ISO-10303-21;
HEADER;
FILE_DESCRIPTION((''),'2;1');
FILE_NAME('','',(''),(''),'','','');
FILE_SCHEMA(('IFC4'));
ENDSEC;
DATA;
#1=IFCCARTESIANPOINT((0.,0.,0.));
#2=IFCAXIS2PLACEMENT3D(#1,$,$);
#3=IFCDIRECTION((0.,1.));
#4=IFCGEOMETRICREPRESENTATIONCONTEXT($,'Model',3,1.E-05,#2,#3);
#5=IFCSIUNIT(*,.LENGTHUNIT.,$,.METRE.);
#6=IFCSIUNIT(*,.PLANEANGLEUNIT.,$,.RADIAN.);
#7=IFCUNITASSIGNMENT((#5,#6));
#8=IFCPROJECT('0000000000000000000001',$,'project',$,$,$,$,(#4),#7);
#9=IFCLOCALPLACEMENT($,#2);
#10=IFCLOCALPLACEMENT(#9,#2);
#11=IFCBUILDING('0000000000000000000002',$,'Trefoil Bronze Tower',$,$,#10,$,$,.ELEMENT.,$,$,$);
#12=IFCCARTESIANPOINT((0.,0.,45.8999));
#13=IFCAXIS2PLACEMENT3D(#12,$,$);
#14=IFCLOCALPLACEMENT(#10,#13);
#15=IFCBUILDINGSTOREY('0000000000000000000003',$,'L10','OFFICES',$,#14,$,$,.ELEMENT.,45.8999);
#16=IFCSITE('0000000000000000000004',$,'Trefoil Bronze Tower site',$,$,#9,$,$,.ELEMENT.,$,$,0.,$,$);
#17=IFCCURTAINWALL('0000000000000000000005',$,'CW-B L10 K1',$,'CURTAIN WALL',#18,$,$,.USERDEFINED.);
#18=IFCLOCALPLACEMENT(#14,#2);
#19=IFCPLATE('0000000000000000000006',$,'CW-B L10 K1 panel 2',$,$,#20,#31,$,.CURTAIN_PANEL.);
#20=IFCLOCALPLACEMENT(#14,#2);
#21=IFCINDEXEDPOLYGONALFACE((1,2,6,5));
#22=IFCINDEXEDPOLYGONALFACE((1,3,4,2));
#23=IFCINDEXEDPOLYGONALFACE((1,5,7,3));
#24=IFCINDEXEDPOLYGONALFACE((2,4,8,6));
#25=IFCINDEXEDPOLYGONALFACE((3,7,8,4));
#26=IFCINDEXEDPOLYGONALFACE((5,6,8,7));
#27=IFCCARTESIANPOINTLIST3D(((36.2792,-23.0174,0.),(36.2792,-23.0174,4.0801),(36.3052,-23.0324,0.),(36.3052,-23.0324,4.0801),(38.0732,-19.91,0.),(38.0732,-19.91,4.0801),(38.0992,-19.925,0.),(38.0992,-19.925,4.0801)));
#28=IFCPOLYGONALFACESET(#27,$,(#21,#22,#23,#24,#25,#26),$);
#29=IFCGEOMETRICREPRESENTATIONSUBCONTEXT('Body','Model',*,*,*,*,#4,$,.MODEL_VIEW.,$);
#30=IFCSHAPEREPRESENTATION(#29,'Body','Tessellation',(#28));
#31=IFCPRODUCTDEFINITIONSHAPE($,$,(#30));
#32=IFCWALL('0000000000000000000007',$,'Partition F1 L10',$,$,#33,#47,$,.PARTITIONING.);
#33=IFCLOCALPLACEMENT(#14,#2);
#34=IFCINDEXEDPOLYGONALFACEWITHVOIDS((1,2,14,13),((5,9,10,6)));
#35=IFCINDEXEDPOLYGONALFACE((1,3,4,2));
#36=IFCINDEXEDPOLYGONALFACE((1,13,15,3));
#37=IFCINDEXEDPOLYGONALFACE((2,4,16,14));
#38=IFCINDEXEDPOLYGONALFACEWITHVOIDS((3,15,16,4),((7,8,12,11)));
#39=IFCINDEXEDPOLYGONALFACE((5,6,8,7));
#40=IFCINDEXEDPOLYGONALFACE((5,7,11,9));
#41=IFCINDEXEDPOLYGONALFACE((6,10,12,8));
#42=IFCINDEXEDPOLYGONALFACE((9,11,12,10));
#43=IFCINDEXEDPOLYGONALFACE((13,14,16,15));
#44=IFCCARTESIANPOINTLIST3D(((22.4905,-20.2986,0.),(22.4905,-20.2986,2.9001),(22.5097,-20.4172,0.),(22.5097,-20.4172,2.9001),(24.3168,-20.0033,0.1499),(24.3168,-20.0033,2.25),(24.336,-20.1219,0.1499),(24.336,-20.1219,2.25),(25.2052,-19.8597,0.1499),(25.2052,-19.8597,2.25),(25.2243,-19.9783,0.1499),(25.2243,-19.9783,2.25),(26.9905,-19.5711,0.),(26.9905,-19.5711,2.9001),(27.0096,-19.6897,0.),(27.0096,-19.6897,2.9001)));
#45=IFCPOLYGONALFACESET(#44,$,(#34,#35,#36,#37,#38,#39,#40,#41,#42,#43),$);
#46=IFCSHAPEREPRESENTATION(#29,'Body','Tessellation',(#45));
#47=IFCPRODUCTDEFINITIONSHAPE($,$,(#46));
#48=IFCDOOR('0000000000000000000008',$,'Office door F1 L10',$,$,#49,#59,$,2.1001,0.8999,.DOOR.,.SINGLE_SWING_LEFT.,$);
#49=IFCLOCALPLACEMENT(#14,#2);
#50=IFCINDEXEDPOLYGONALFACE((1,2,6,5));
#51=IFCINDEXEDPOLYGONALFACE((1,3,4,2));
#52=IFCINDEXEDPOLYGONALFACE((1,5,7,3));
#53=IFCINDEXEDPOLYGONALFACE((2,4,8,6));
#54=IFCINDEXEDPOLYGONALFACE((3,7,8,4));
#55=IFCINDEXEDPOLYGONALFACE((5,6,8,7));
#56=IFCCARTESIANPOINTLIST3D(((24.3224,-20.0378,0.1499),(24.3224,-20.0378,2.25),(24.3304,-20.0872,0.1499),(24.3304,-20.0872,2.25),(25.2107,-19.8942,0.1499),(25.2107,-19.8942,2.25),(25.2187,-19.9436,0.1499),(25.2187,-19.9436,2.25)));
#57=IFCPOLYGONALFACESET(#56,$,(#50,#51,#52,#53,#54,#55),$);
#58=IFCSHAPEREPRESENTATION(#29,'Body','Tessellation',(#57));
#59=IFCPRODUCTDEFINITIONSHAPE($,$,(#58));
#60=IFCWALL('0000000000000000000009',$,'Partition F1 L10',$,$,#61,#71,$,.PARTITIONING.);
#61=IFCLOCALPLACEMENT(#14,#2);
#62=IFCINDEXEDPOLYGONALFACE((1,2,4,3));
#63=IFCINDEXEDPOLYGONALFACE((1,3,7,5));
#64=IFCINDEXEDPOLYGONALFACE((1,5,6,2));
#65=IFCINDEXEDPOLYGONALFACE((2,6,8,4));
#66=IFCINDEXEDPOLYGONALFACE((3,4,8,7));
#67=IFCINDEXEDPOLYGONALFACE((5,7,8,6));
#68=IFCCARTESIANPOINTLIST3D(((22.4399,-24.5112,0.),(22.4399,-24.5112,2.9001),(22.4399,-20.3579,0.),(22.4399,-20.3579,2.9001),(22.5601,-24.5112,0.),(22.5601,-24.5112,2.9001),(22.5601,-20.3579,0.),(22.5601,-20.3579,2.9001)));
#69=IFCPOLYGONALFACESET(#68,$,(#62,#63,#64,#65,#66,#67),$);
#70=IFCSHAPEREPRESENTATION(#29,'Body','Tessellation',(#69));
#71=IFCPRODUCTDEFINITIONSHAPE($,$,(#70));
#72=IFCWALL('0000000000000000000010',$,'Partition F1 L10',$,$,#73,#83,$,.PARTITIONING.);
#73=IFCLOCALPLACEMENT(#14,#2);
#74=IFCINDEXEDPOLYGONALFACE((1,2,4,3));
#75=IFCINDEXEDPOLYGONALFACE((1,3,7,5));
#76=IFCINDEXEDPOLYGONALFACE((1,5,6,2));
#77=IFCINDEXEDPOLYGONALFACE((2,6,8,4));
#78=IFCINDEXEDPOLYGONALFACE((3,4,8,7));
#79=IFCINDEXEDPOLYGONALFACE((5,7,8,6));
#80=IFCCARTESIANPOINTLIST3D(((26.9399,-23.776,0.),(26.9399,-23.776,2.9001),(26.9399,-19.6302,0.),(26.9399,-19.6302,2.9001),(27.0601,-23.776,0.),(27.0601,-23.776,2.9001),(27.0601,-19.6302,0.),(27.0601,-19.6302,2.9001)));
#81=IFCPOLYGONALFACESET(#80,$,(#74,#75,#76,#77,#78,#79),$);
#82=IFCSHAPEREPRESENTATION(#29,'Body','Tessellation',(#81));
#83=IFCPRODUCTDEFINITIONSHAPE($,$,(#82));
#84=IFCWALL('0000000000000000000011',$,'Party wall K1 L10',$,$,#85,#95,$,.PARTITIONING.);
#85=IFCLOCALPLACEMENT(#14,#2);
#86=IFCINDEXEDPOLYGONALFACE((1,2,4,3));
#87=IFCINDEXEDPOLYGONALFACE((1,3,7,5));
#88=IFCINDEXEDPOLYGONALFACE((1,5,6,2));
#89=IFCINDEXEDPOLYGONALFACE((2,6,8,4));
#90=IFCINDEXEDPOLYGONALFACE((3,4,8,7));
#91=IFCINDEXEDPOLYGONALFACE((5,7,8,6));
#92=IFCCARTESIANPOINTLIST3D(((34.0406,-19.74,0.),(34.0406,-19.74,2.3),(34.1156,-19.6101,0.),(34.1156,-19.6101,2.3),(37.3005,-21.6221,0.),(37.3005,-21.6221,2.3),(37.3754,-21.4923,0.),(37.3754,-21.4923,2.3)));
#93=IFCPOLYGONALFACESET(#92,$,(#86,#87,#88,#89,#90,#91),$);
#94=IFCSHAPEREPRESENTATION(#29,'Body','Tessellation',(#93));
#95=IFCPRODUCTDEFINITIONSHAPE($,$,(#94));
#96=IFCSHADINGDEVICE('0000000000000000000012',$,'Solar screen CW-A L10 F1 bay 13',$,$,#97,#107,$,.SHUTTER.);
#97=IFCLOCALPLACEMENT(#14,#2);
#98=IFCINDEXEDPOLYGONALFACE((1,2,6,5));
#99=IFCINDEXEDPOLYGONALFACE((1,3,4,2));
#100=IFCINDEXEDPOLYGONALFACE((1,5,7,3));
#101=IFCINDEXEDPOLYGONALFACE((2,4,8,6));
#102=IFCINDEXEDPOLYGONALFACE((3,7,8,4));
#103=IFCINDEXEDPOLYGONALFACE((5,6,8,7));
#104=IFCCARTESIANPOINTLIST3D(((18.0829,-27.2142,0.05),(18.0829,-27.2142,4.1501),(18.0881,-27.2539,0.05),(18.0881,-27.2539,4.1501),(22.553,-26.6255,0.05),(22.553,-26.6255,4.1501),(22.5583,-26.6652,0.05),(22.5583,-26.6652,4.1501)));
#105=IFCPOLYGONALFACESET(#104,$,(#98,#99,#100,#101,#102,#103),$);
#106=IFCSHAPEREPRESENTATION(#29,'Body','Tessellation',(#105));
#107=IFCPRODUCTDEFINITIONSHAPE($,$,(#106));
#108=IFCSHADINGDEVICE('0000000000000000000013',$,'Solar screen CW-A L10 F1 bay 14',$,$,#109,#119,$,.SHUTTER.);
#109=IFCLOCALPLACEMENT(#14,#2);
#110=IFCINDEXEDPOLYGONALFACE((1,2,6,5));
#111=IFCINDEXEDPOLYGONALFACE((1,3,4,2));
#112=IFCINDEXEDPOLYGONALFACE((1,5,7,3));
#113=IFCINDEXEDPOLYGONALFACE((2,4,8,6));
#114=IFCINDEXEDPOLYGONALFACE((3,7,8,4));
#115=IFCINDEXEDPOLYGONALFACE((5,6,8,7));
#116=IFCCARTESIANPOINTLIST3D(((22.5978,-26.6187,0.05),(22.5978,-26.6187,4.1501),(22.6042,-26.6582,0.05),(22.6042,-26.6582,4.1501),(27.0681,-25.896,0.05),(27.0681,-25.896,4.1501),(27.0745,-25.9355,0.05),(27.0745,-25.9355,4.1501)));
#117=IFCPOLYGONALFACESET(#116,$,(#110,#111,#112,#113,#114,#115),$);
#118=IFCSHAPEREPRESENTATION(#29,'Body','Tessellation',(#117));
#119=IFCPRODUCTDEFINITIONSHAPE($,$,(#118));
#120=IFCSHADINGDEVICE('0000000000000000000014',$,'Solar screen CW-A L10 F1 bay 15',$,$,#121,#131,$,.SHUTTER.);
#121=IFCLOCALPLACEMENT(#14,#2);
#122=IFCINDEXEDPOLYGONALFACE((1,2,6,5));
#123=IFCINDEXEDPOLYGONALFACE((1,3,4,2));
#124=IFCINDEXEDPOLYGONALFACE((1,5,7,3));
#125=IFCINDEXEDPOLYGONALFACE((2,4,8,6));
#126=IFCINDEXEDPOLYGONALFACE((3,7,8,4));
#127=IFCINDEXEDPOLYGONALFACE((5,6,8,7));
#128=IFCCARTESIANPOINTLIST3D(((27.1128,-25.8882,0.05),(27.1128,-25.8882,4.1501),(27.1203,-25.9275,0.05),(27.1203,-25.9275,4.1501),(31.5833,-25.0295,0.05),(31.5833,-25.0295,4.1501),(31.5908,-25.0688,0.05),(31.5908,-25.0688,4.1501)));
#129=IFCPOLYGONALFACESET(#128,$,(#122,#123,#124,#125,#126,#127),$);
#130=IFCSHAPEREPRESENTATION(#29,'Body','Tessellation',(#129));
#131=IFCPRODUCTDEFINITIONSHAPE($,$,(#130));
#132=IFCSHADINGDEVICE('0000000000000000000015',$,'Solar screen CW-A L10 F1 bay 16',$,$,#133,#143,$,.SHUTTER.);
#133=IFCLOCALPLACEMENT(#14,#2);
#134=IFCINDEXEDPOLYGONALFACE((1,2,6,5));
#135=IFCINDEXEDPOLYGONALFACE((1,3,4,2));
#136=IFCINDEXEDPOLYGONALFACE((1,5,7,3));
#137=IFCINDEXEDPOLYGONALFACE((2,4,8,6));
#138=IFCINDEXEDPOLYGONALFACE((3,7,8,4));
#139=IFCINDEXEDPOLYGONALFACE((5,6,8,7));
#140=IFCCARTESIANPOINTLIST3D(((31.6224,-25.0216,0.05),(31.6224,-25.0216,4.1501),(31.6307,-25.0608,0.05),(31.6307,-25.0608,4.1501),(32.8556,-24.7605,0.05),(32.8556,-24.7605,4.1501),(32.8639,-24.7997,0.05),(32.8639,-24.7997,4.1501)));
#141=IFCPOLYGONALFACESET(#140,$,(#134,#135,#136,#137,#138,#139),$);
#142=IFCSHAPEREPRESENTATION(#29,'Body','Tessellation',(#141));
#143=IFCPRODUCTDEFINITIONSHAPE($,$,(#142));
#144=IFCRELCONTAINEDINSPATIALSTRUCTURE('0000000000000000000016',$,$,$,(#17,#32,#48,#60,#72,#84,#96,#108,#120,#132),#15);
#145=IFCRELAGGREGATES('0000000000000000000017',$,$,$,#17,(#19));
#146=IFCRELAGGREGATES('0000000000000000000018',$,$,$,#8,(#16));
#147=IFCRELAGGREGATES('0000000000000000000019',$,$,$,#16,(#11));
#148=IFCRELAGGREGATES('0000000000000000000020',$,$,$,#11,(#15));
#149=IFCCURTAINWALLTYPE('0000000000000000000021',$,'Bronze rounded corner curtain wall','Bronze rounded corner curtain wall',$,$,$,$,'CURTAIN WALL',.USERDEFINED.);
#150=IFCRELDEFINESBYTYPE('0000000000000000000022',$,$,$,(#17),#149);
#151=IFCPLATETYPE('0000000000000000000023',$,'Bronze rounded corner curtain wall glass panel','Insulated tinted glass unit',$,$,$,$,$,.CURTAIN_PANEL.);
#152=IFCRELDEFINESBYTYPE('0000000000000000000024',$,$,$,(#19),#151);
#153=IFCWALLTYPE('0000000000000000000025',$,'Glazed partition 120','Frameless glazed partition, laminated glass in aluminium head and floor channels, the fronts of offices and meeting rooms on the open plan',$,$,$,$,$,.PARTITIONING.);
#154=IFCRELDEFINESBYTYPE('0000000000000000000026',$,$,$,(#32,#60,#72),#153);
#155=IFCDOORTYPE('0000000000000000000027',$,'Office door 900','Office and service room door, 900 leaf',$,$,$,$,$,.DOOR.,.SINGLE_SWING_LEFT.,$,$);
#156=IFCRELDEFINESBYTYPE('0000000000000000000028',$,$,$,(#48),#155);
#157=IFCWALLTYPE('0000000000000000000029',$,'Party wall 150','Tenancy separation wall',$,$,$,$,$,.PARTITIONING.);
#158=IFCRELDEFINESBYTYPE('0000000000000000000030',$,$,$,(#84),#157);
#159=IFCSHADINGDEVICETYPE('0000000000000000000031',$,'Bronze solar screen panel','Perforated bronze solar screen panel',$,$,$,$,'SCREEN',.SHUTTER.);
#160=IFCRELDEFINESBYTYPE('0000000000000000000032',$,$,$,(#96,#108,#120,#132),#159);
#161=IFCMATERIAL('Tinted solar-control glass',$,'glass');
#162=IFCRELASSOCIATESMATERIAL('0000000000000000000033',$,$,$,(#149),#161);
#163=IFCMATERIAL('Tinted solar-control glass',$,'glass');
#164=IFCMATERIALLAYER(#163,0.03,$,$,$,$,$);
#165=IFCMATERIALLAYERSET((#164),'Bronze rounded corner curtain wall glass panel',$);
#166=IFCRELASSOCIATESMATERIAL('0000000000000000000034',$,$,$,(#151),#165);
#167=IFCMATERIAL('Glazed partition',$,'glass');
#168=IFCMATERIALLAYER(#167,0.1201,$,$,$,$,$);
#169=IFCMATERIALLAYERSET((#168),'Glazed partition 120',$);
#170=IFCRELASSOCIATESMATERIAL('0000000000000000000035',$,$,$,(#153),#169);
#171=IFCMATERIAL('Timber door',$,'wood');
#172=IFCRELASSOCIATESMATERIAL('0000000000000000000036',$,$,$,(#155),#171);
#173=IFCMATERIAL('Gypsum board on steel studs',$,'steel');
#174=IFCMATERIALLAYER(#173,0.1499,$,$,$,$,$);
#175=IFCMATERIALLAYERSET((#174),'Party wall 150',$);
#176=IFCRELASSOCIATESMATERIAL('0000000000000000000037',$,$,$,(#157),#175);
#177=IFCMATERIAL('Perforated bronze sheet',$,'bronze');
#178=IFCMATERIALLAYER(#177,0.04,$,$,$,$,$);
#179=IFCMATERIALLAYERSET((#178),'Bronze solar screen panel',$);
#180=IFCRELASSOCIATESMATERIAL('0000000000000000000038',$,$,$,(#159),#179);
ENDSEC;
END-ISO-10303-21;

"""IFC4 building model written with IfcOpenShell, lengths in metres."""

from ifc_helpers import new_model, si_unit, direction, frame, frame_2d, origin, origin_2d, place, context, subcontext, project, spatial, rectangle, extrude, material, layer, layer_set, type_object, element, fill, aggregate, save


model = new_model("IFC4")

# Units and contexts
model_context = context("Model", 3, precision=1e-05, world=origin(), true_north=direction((0.0, 1.0)))
body_context = subcontext(model_context, "Body", "Model", "MODEL_VIEW")
ifc_project = project(units=[si_unit("LENGTHUNIT", "METRE"), si_unit("PLANEANGLEUNIT", "RADIAN")], contexts=[model_context])

# Site, building, storey
site_placement = place(None, origin())
site = spatial("IfcSite", under=ifc_project, at=site_placement, Name="Trefoil Bronze Tower site", CompositionType="ELEMENT", RefElevation=0.0)
building_placement = place(site_placement, origin())
building = spatial("IfcBuilding", under=site, at=building_placement, Name="Trefoil Bronze Tower", CompositionType="ELEMENT")
storey_placement = place(building_placement, frame((0.0, 0.0, 45.8999)))
storey = spatial("IfcBuildingStorey", under=building, at=storey_placement, Name="L10", Description="OFFICES", CompositionType="ELEMENT", Elevation=45.8999)

# Curtain wall
ifc_material_1 = material(Name="Tinted solar-control glass", Category="glass")
curtain_wall_type_1 = type_object("IfcCurtainWallType", Name="Bronze rounded corner curtain wall", Description="Bronze rounded corner curtain wall", ElementType="CURTAIN WALL", PredefinedType="USERDEFINED", material=ifc_material_1)
curtain_wall_1_placement = place(storey_placement, origin())
curtain_wall_1 = element("IfcCurtainWall", 1, at=curtain_wall_1_placement, inside=storey, type_object=curtain_wall_type_1, Name="CW-B L10 K1", ObjectType="CURTAIN WALL", PredefinedType="USERDEFINED")

# Plate
ifc_material_2 = material(Name="Tinted solar-control glass", Category="glass")
ifc_layer_1 = layer(ifc_material_2, 0.03)
ifc_layer_set_1 = layer_set([ifc_layer_1], Name="Bronze rounded corner curtain wall glass panel")
plate_type_1 = type_object("IfcPlateType", Name="Bronze rounded corner curtain wall glass panel", Description="Insulated tinted glass unit", PredefinedType="CURTAIN_PANEL", material=ifc_layer_set_1)
plate_1_placement = place(storey_placement, frame((37.1892, -21.4712, 0.0), z_axis=(0.0, 0.0, 1.0), x_axis=(0.5, 0.866025, 0.0)))
plate_1 = element("IfcPlate", 2, at=plate_1_placement, type_object=plate_type_1, Name="CW-B L10 K1 panel 2", PredefinedType="CURTAIN_PANEL", context=body_context, shape_type="SweptSolid", body=[
    extrude(rectangle(XDim=3.5881, YDim=0.03, at=origin_2d()), origin(), (0.0, 0.0, 1.0), 4.0801),
])
aggregate(curtain_wall_1, [plate_1])

# Wall, opening, door
ifc_material_3 = material(Name="Glazed partition", Category="glass")
ifc_layer_2 = layer(ifc_material_3, 0.1201)
ifc_layer_set_2 = layer_set([ifc_layer_2], Name="Glazed partition 120")
wall_type_1 = type_object("IfcWallType", Name="Glazed partition 120", Description="Frameless glazed partition, laminated glass in aluminium head and floor channels, the fronts of offices and meeting rooms on the open plan", PredefinedType="PARTITIONING", material=ifc_layer_set_2)
wall_1_placement = place(storey_placement, frame((22.5, -20.3579, 0.0), z_axis=(0.0, 0.0, 1.0), x_axis=(0.987181, 0.159603, 0.0)))
wall_1 = element("IfcWall", 3, at=wall_1_placement, inside=storey, type_object=wall_type_1, Name="Partition F1 L10", PredefinedType="PARTITIONING", context=body_context, shape_type="SweptSolid", body=[
    extrude(rectangle(XDim=4.5583, YDim=0.1201, at=frame_2d((2.2793, 0.0))), origin(), (0.0, 0.0, 1.0), 2.9001),
])
opening_placement = place(wall_1_placement, frame((1.8501, 0.0, 0.1499)))
opening = element("IfcOpeningElement", 4, at=opening_placement, cuts=wall_1, PredefinedType="OPENING", context=body_context, shape_type="SweptSolid", body=[
    extrude(rectangle(XDim=0.8999, YDim=2.1001, at=frame_2d((0.45, 1.05))), frame((0.0, 0.0701, 0.0), z_axis=(0.0, -1.0, 0.0), x_axis=(1.0, 0.0, 0.0)), (0.0, 0.0, 1.0), 0.1401),
])
ifc_material_4 = material(Name="Timber door", Category="wood")
door_type = type_object("IfcDoorType", Name="Office door 900", Description="Office and service room door, 900 leaf", OperationType="SINGLE_SWING_LEFT", PredefinedType="DOOR", material=ifc_material_4)
door_placement = place(opening_placement, frame((0.8999, 0.0, 0.0), z_axis=(0.0, 0.0, 1.0), x_axis=(-1.0, 0.0, 0.0)))
door = element("IfcDoor", 5, at=door_placement, inside=storey, type_object=door_type, Name="Office door F1 L10", OperationType="SINGLE_SWING_LEFT", OverallHeight=2.1001, OverallWidth=0.8999, PredefinedType="DOOR", context=body_context, shape_type="SweptSolid", body=[
    extrude(rectangle(XDim=0.8999, YDim=2.1001, at=frame_2d((0.45, 1.05))), frame((0.0, 0.0249, 0.0), z_axis=(0.0, -1.0, 0.0), x_axis=(1.0, 0.0, 0.0)), (0.0, 0.0, 1.0), 0.05),
])
fill(opening, door)

# Walls
wall_2_placement = place(storey_placement, frame((22.5, -20.3579, 0.0), z_axis=(0.0, 0.0, 1.0), x_axis=(0.0, -1.0, 0.0)))
element("IfcWall", 6, at=wall_2_placement, inside=storey, type_object=wall_type_1, Name="Partition F1 L10", PredefinedType="PARTITIONING", context=body_context, shape_type="SweptSolid", body=[
    extrude(rectangle(XDim=4.1533, YDim=0.1201, at=frame_2d((2.0767, 0.0))), origin(), (0.0, 0.0, 1.0), 2.9001),
])
wall_3_placement = place(storey_placement, frame((27.0, -19.6304, 0.0), z_axis=(0.0, 0.0, 1.0), x_axis=(0.0, -1.0, 0.0)))
element("IfcWall", 7, at=wall_3_placement, inside=storey, type_object=wall_type_1, Name="Partition F1 L10", PredefinedType="PARTITIONING", context=body_context, shape_type="SweptSolid", body=[
    extrude(rectangle(XDim=4.1458, YDim=0.1201, at=frame_2d((2.0728, 0.0))), origin(), (0.0, 0.0, 1.0), 2.9001),
])
ifc_material_5 = material(Name="Gypsum board on steel studs", Category="steel")
ifc_layer_3 = layer(ifc_material_5, 0.1499)
ifc_layer_set_3 = layer_set([ifc_layer_3], Name="Party wall 150")
wall_type_2 = type_object("IfcWallType", Name="Party wall 150", Description="Tenancy separation wall", PredefinedType="PARTITIONING", material=ifc_layer_set_3)
wall_4_placement = place(storey_placement, frame((34.0781, -19.675, 0.0), z_axis=(0.0, 0.0, 1.0), x_axis=(0.866019, -0.500011, 0.0)))
element("IfcWall", 8, at=wall_4_placement, inside=storey, type_object=wall_type_2, Name="Party wall K1 L10", PredefinedType="PARTITIONING", context=body_context, shape_type="SweptSolid", body=[
    extrude(rectangle(XDim=3.7642, YDim=0.1499, at=frame_2d((1.8821, 0.0))), origin(), (0.0, 0.0, 1.0), 2.3),
])

# Shading devices
ifc_material_6 = material(Name="Perforated bronze sheet", Category="bronze")
ifc_layer_4 = layer(ifc_material_6, 0.04)
ifc_layer_set_4 = layer_set([ifc_layer_4], Name="Bronze solar screen panel")
shading_device_type = type_object("IfcShadingDeviceType", Name="Bronze solar screen panel", Description="Perforated bronze solar screen panel", ElementType="SCREEN", PredefinedType="SHUTTER", material=ifc_layer_set_4)
shading_device_1_placement = place(storey_placement, frame((20.3206, -26.9397, 0.05), z_axis=(0.0, 0.0, 1.0), x_axis=(0.991437, 0.130584, 0.0)))
element("IfcShadingDevice", 9, at=shading_device_1_placement, inside=storey, type_object=shading_device_type, Name="Solar screen CW-A L10 F1 bay 13", PredefinedType="SHUTTER", context=body_context, shape_type="SweptSolid", body=[
    extrude(rectangle(XDim=4.5088, YDim=0.04, at=origin_2d()), origin(), (0.0, 0.0, 1.0), 4.1001),
])
shading_device_2_placement = place(storey_placement, frame((24.8362, -26.2771, 0.05), z_axis=(0.0, 0.0, 1.0), x_axis=(0.987181, 0.159603, 0.0)))
element("IfcShadingDevice", 10, at=shading_device_2_placement, inside=storey, type_object=shading_device_type, Name="Solar screen CW-A L10 F1 bay 14", PredefinedType="SHUTTER", context=body_context, shape_type="SweptSolid", body=[
    extrude(rectangle(XDim=4.5283, YDim=0.04, at=origin_2d()), origin(), (0.0, 0.0, 1.0), 4.1001),
])
shading_device_3_placement = place(storey_placement, frame((29.3518, -25.4785, 0.05), z_axis=(0.0, 0.0, 1.0), x_axis=(0.98205, 0.188622, 0.0)))
element("IfcShadingDevice", 11, at=shading_device_3_placement, inside=storey, type_object=shading_device_type, Name="Solar screen CW-A L10 F1 bay 15", PredefinedType="SHUTTER", context=body_context, shape_type="SweptSolid", body=[
    extrude(rectangle(XDim=4.5522, YDim=0.04, at=origin_2d()), origin(), (0.0, 0.0, 1.0), 4.1001),
])
shading_device_4_placement = place(storey_placement, frame((32.2432, -24.9106, 0.05), z_axis=(0.0, 0.0, 1.0), x_axis=(0.978303, 0.207181, 0.0)))
element("IfcShadingDevice", 12, at=shading_device_4_placement, inside=storey, type_object=shading_device_type, Name="Solar screen CW-A L10 F1 bay 16", PredefinedType="SHUTTER", context=body_context, shape_type="SweptSolid", body=[
    extrude(rectangle(XDim=1.2605, YDim=0.04, at=origin_2d()), origin(), (0.0, 0.0, 1.0), 4.1001),
])

save(model, "model.ifc")
